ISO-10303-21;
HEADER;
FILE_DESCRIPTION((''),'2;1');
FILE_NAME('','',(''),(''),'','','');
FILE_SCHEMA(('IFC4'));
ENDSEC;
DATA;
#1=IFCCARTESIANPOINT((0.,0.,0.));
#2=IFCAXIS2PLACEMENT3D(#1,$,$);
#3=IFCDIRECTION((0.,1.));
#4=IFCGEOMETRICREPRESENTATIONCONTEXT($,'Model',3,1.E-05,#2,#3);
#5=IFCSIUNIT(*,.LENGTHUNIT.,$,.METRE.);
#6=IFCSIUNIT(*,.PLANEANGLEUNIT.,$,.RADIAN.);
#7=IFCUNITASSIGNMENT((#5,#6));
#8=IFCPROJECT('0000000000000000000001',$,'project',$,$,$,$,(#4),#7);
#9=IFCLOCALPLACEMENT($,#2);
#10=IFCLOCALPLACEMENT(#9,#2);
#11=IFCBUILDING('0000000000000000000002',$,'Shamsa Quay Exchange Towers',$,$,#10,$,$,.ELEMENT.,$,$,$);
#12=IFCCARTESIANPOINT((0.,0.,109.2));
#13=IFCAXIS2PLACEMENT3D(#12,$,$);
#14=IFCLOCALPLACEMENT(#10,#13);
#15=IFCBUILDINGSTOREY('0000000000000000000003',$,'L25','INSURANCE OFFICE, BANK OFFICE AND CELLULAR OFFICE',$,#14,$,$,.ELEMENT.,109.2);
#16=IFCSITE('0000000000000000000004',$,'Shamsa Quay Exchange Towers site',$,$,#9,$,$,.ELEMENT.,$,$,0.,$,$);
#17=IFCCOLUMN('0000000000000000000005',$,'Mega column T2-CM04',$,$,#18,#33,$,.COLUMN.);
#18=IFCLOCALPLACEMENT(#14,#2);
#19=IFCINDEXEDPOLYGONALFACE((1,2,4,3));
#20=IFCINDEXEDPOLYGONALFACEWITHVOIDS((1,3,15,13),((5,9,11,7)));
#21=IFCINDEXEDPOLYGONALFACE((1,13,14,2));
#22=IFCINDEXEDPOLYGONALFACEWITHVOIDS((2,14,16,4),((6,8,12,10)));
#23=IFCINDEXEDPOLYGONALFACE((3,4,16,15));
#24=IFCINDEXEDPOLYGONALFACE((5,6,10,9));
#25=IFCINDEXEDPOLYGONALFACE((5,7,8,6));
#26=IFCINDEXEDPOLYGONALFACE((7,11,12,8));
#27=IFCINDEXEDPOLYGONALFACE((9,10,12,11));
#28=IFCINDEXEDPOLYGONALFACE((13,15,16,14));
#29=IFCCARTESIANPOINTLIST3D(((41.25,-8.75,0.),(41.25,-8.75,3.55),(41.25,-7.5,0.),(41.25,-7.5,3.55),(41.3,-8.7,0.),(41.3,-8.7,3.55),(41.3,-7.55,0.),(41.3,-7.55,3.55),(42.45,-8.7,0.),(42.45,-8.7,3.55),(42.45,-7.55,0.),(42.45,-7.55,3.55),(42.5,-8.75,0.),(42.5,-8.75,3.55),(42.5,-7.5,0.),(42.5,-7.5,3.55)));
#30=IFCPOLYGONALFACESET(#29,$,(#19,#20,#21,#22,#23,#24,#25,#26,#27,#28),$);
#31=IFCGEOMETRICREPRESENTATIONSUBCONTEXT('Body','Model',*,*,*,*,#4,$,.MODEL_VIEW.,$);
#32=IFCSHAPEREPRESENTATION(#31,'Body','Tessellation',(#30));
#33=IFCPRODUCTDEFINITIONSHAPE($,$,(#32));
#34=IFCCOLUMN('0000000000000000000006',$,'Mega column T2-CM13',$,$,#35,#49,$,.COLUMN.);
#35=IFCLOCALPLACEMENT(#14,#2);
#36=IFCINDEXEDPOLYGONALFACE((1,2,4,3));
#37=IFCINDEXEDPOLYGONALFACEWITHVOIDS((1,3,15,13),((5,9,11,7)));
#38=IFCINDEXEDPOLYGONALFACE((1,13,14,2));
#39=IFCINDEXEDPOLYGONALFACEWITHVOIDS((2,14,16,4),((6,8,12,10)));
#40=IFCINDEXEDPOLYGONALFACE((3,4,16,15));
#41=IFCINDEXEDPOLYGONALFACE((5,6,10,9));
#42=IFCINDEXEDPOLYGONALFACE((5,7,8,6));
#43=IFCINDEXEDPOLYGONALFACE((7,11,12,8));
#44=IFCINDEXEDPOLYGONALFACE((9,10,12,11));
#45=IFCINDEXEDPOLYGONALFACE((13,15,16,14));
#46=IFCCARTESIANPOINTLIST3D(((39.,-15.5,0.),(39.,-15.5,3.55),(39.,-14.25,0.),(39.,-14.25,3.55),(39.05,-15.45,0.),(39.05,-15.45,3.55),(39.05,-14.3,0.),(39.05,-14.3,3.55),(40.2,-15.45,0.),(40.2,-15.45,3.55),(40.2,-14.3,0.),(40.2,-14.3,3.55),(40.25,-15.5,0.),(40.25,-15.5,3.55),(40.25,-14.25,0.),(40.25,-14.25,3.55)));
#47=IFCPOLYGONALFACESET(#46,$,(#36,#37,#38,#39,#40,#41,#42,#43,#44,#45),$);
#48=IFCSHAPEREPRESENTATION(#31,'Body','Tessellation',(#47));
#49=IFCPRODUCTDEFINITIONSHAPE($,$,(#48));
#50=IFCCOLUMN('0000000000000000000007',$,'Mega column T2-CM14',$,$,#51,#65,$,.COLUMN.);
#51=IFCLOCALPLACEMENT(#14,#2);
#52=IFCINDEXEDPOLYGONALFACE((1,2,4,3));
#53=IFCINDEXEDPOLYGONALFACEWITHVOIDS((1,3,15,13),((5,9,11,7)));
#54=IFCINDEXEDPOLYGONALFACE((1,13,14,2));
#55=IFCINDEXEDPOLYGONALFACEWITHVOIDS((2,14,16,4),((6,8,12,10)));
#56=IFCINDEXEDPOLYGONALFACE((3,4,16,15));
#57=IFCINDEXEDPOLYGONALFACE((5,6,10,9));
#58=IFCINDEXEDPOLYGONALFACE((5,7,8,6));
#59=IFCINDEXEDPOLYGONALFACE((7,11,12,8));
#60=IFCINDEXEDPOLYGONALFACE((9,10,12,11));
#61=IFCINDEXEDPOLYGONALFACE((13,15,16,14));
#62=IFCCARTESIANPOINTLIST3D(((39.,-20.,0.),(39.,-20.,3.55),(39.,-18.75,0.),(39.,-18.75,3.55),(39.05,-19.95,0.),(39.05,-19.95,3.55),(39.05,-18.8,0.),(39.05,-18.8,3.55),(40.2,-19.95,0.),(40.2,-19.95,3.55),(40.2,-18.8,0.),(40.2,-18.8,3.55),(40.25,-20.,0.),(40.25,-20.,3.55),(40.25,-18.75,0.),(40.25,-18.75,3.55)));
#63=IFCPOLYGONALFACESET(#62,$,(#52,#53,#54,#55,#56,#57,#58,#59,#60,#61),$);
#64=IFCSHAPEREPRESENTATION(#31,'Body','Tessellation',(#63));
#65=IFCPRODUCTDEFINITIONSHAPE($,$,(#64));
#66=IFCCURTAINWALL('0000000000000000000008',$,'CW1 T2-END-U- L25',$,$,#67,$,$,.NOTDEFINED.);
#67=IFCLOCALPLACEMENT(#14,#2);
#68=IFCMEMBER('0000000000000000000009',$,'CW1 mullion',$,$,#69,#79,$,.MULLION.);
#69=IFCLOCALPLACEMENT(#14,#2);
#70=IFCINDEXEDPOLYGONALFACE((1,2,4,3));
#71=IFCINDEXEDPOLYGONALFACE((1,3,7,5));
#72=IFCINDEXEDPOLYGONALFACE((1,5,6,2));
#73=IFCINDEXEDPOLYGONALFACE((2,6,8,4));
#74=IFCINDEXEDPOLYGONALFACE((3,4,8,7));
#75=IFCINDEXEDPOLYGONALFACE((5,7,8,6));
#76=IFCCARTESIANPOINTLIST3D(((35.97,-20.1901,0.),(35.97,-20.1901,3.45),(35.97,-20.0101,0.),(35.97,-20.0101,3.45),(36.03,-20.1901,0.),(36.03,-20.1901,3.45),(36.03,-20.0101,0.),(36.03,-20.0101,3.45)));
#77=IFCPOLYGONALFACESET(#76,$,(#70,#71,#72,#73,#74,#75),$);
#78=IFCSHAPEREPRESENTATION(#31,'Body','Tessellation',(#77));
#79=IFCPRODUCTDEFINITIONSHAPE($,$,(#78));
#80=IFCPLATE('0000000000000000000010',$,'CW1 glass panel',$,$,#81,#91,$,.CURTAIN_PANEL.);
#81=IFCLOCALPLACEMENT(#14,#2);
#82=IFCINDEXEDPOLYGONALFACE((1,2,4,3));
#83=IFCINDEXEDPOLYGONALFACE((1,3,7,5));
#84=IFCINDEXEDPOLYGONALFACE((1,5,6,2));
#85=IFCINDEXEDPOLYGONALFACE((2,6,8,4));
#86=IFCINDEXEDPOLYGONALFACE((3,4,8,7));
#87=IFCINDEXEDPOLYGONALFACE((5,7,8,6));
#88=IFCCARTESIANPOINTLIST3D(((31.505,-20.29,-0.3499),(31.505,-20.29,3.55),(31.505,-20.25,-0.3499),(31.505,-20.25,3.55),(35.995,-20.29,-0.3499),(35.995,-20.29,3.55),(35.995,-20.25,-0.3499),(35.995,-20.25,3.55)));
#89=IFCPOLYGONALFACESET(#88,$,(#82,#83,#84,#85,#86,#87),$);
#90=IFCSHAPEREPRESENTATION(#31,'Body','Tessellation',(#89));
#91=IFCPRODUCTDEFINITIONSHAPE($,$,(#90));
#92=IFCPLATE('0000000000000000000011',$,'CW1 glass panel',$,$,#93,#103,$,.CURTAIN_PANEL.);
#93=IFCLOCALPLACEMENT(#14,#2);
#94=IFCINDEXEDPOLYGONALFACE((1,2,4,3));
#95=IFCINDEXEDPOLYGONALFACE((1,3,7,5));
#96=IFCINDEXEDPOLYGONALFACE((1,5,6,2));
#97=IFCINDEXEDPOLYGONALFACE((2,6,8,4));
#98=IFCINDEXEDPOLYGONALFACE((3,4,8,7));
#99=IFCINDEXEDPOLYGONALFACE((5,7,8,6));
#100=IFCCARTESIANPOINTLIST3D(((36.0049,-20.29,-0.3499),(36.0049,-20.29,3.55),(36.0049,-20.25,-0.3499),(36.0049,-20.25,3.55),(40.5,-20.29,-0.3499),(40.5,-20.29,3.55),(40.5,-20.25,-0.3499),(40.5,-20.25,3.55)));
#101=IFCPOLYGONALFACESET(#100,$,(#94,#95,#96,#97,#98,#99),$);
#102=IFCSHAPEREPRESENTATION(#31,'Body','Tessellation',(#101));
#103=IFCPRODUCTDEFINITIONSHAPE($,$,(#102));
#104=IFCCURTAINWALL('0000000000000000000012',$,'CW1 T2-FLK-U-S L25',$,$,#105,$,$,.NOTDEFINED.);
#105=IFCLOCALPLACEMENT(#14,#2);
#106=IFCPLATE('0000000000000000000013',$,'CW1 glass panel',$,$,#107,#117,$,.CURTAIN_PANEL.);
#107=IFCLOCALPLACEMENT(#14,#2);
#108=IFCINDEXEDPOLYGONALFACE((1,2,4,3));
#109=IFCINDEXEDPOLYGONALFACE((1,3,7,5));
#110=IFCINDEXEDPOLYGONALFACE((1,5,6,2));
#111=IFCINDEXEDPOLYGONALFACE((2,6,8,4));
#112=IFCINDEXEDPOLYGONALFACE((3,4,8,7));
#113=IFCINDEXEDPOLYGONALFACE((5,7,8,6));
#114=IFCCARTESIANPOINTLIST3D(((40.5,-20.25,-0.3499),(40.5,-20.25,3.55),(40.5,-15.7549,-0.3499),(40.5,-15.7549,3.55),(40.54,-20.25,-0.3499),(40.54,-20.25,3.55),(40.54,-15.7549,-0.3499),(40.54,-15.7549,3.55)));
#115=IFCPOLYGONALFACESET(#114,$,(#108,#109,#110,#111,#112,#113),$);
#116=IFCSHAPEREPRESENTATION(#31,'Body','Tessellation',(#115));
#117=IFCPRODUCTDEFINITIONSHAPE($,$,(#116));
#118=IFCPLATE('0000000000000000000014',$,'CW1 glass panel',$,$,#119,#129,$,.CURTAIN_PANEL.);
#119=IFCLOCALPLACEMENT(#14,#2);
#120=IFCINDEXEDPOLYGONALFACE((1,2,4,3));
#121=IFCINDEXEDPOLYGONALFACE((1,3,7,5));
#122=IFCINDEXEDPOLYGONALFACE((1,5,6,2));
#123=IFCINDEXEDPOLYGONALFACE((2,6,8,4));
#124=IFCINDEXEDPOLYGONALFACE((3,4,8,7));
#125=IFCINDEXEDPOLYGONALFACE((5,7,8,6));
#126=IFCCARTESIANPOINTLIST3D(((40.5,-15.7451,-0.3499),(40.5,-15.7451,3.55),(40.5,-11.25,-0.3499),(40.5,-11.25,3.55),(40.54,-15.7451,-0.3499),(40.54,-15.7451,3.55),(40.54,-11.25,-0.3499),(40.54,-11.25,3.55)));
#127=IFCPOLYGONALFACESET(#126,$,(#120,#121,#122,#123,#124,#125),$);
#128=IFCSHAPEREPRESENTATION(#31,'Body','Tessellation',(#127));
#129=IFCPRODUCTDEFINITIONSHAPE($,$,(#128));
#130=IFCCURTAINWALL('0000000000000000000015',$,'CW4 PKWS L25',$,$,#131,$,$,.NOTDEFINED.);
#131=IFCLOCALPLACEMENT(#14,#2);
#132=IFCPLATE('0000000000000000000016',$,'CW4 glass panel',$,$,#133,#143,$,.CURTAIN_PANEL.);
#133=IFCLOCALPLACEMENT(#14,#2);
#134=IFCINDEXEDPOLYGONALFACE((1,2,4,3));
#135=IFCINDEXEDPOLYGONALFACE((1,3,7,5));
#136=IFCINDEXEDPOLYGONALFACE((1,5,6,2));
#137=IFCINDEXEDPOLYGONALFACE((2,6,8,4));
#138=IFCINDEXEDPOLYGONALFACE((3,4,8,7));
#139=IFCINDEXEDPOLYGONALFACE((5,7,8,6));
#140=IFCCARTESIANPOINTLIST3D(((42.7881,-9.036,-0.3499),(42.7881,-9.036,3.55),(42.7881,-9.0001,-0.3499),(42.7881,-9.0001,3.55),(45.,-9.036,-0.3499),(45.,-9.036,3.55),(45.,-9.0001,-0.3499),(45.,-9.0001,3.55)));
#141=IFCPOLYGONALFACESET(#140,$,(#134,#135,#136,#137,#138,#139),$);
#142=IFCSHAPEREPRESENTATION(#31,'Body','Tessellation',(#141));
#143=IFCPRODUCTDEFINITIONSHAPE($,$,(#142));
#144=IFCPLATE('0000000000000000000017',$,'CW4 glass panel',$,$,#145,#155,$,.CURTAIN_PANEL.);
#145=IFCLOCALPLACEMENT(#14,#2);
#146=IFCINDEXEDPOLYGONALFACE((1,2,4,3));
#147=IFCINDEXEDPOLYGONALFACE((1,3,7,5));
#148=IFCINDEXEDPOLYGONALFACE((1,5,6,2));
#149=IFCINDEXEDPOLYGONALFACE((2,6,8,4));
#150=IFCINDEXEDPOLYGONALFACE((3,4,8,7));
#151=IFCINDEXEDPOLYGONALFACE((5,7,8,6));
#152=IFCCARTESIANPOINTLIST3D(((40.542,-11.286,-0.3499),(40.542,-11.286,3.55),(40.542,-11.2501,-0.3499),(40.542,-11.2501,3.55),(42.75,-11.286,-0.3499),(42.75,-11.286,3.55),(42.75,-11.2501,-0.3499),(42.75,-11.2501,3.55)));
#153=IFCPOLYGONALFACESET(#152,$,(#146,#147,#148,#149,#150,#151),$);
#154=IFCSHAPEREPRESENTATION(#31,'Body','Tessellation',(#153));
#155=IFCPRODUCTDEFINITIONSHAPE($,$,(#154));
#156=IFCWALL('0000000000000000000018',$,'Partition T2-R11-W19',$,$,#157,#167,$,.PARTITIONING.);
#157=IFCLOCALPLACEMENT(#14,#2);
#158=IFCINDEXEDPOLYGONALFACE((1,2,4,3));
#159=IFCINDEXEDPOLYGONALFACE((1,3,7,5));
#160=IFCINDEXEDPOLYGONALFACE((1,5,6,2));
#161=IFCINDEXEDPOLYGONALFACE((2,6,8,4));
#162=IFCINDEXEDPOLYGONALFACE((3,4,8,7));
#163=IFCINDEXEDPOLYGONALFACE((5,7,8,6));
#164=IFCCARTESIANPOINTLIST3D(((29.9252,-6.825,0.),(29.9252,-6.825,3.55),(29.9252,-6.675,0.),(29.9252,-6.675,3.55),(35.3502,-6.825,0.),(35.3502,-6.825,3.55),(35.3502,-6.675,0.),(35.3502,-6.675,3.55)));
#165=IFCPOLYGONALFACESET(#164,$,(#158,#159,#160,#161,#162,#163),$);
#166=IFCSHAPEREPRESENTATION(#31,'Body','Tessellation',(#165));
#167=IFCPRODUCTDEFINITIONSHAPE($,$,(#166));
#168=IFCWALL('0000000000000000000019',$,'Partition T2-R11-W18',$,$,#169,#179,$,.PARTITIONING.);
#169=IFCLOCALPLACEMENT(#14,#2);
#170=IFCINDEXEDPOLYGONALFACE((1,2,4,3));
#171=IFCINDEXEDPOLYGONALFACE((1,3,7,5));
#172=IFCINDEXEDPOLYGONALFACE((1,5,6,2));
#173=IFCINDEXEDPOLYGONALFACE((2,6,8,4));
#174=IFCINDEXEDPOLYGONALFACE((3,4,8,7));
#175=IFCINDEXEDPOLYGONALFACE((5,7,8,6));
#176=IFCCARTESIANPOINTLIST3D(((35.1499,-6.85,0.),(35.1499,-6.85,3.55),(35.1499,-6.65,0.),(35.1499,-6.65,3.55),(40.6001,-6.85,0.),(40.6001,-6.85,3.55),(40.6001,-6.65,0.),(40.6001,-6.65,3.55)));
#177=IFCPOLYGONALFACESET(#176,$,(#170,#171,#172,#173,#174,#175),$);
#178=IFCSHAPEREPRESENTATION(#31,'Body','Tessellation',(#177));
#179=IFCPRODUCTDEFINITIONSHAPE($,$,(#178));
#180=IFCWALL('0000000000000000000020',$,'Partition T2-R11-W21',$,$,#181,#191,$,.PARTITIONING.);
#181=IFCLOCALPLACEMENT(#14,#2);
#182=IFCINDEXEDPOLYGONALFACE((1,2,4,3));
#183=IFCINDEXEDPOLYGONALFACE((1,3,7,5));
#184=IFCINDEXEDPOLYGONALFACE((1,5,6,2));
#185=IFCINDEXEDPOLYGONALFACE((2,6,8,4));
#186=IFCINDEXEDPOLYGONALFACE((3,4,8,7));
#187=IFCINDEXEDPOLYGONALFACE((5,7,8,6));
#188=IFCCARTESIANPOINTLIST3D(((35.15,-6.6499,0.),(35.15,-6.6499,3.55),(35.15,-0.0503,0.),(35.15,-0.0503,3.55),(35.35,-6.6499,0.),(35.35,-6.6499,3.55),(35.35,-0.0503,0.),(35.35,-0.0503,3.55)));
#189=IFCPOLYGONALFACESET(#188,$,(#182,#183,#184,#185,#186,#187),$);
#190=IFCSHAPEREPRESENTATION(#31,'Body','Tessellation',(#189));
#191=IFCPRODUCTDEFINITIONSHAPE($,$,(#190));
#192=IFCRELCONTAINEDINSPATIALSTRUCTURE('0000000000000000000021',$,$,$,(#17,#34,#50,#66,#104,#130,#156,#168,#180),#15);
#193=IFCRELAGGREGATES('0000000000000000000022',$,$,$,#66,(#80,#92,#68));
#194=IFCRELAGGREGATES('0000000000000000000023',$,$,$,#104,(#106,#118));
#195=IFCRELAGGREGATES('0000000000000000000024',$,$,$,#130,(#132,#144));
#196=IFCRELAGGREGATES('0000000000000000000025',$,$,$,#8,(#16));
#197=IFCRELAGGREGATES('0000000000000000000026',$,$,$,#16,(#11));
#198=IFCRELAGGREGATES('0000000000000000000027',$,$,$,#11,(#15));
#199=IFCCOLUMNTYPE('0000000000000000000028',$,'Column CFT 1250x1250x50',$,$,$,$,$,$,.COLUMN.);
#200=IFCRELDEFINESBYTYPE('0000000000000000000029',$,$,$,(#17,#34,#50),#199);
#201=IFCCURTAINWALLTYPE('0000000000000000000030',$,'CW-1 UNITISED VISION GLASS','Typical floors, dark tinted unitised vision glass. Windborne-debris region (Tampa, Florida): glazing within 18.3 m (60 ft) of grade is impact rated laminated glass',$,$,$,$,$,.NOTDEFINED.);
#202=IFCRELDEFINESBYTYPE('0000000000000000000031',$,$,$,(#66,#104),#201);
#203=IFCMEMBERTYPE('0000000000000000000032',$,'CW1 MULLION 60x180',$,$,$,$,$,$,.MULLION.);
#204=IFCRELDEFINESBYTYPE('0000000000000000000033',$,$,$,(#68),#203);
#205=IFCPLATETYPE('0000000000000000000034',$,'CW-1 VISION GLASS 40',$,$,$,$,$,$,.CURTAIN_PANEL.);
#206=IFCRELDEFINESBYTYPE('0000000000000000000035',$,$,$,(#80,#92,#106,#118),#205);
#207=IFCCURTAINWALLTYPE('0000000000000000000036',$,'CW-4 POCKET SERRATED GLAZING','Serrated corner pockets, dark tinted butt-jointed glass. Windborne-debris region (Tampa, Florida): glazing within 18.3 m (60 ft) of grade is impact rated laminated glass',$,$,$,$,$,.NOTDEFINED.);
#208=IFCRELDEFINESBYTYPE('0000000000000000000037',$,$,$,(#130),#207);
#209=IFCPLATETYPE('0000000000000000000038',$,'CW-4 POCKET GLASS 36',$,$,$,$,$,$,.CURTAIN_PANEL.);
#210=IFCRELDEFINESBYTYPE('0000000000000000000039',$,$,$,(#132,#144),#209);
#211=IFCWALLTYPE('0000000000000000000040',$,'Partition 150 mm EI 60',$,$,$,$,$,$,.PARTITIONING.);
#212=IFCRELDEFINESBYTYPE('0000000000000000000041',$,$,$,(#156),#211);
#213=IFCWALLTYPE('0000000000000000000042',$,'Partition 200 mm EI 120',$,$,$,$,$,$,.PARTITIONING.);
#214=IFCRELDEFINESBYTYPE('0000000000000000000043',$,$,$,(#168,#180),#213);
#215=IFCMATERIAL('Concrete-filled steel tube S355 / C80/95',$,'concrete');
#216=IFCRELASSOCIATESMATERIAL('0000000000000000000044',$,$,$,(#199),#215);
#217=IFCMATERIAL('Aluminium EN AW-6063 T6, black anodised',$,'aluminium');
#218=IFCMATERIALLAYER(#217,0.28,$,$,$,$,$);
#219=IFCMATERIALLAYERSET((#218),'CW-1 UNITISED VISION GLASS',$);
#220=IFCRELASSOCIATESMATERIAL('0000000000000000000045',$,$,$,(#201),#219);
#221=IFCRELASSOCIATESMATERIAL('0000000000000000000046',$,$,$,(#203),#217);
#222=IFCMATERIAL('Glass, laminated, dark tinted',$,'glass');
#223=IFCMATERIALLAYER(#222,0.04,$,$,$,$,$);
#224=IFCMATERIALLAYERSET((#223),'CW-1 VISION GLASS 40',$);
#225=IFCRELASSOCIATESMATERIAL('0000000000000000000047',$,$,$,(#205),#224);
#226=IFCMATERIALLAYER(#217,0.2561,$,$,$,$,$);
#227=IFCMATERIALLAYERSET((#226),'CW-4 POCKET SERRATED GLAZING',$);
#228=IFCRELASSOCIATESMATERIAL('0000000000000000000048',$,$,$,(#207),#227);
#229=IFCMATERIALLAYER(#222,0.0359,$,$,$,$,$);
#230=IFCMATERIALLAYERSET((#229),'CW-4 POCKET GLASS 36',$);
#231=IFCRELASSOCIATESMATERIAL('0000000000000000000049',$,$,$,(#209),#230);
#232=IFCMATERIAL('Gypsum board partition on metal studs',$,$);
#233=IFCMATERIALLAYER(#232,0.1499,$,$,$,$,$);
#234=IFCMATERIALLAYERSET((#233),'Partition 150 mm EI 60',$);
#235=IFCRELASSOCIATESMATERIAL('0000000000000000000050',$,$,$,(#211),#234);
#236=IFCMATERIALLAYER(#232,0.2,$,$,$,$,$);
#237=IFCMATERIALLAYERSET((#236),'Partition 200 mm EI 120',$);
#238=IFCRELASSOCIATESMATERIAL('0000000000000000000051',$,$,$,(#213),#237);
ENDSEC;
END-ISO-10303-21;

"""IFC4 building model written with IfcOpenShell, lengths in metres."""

from ifc_helpers import new_model, si_unit, direction, frame, frame_2d, origin, origin_2d, place, context, subcontext, project, spatial, rectangle, hollow_rectangle, extrude, material, layer, layer_set, material_profile, profile_set, type_object, element, aggregate, save


model = new_model("IFC4")

# Units and contexts
model_context = context("Model", 3, precision=1e-05, world=origin(), true_north=direction((0.0, 1.0)))
body_context = subcontext(model_context, "Body", "Model", "MODEL_VIEW")
ifc_project = project(units=[si_unit("LENGTHUNIT", "METRE"), si_unit("PLANEANGLEUNIT", "RADIAN")], contexts=[model_context])

# Site, building, storey
site_placement = place(None, origin())
site = spatial("IfcSite", under=ifc_project, at=site_placement, Name="Shamsa Quay Exchange Towers site", CompositionType="ELEMENT", RefElevation=0.0)
building_placement = place(site_placement, origin())
building = spatial("IfcBuilding", under=site, at=building_placement, Name="Shamsa Quay Exchange Towers", CompositionType="ELEMENT")
storey_placement = place(building_placement, frame((0.0, 0.0, 109.2)))
storey = spatial("IfcBuildingStorey", under=building, at=storey_placement, Name="L25", Description="INSURANCE OFFICE, BANK OFFICE AND CELLULAR OFFICE", CompositionType="ELEMENT", Elevation=109.2)

# Columns
ifc_material_1 = material(Name="Concrete-filled steel tube S355 / C80/95", Category="concrete")
ifc_material_profile_1 = material_profile(ifc_material_1, hollow_rectangle(XDim=1.25, YDim=1.25, WallThickness=0.05, at=origin_2d()), Name="CFT 1250x1250x50")
ifc_profile_set_1 = profile_set([ifc_material_profile_1], Name="Concrete-filled steel tube S355 / C80/95")
column_type = type_object("IfcColumnType", Name="Column CFT 1250x1250x50", PredefinedType="COLUMN", material=ifc_profile_set_1)
for number, where, name in (
    (1, (41.875, -8.125, 0.0), "Mega column T2-CM04"),
    (2, (39.625, -14.875, 0.0), "Mega column T2-CM13"),
    (3, (39.625, -19.375, 0.0), "Mega column T2-CM14"),
):
    element("IfcColumn", number, at=place(storey_placement, frame(where)), inside=storey, type_object=column_type, Name=name, PredefinedType="COLUMN", context=body_context, shape_type="SweptSolid", body=[
        extrude(hollow_rectangle(XDim=1.25, YDim=1.25, WallThickness=0.05, at=origin_2d()), origin(), (0.0, 0.0, 1.0), 3.55),
    ])

# Curtain wall, member, plates
ifc_material_2 = material(Name="Aluminium EN AW-6063 T6, black anodised", Category="aluminium")
ifc_layer_1 = layer(ifc_material_2, 0.28)
ifc_layer_set_1 = layer_set([ifc_layer_1], Name="CW-1 UNITISED VISION GLASS")
curtain_wall_type_1 = type_object("IfcCurtainWallType", Name="CW-1 UNITISED VISION GLASS", Description="Typical floors, dark tinted unitised vision glass. Windborne-debris region (Tampa, Florida): glazing within 18.3 m (60 ft) of grade is impact rated laminated glass", PredefinedType="NOTDEFINED", material=ifc_layer_set_1)
curtain_wall_1_placement = place(storey_placement, origin())
curtain_wall_1 = element("IfcCurtainWall", 4, at=curtain_wall_1_placement, inside=storey, type_object=curtain_wall_type_1, Name="CW1 T2-END-U- L25", PredefinedType="NOTDEFINED")
ifc_material_profile_2 = material_profile(ifc_material_2, rectangle(XDim=0.1799, YDim=0.0601, at=origin_2d()), Name="MU60x180")
ifc_profile_set_2 = profile_set([ifc_material_profile_2], Name="Aluminium EN AW-6063 T6, black anodised")
member_type = type_object("IfcMemberType", Name="CW1 MULLION 60x180", PredefinedType="MULLION", material=ifc_profile_set_2)
member_placement = place(storey_placement, frame((36.0, -20.1001, 0.0), z_axis=(0.0, 0.0, 1.0), x_axis=(0.0, 1.0, 0.0)))
member = element("IfcMember", 5, at=member_placement, type_object=member_type, Name="CW1 mullion", PredefinedType="MULLION", context=body_context, shape_type="SweptSolid", body=[
    extrude(rectangle(XDim=0.1799, YDim=0.0601, at=origin_2d()), origin(), (0.0, 0.0, 1.0), 3.45),
])
ifc_material_3 = material(Name="Glass, laminated, dark tinted", Category="glass")
ifc_layer_2 = layer(ifc_material_3, 0.04)
ifc_layer_set_2 = layer_set([ifc_layer_2], Name="CW-1 VISION GLASS 40")
plate_type_1 = type_object("IfcPlateType", Name="CW-1 VISION GLASS 40", PredefinedType="CURTAIN_PANEL", material=ifc_layer_set_2)
plate_1_placement = place(storey_placement, frame((33.75, -20.27, -0.3499)))
plate_1 = element("IfcPlate", 6, at=plate_1_placement, type_object=plate_type_1, Name="CW1 glass panel", PredefinedType="CURTAIN_PANEL", context=body_context, shape_type="SweptSolid", body=[
    extrude(rectangle(XDim=4.49, YDim=0.04, at=origin_2d()), origin(), (0.0, 0.0, 1.0), 3.8999),
])
plate_2_placement = place(storey_placement, frame((38.2524, -20.27, -0.3499)))
plate_2 = element("IfcPlate", 7, at=plate_2_placement, type_object=plate_type_1, Name="CW1 glass panel", PredefinedType="CURTAIN_PANEL", context=body_context, shape_type="SweptSolid", body=[
    extrude(rectangle(XDim=4.4951, YDim=0.04, at=origin_2d()), origin(), (0.0, 0.0, 1.0), 3.8999),
])
aggregate(curtain_wall_1, [plate_1, plate_2, member])

# Curtain walls, plates
curtain_wall_2_placement = place(storey_placement, origin())
curtain_wall_2 = element("IfcCurtainWall", 8, at=curtain_wall_2_placement, inside=storey, type_object=curtain_wall_type_1, Name="CW1 T2-FLK-U-S L25", PredefinedType="NOTDEFINED")
plate_3_placement = place(storey_placement, frame((40.52, -18.0024, -0.3499), z_axis=(0.0, 0.0, 1.0), x_axis=(0.0, 1.0, 0.0)))
plate_3 = element("IfcPlate", 9, at=plate_3_placement, type_object=plate_type_1, Name="CW1 glass panel", PredefinedType="CURTAIN_PANEL", context=body_context, shape_type="SweptSolid", body=[
    extrude(rectangle(XDim=4.4951, YDim=0.04, at=origin_2d()), origin(), (0.0, 0.0, 1.0), 3.8999),
])
plate_4_placement = place(storey_placement, frame((40.52, -13.4976, -0.3499), z_axis=(0.0, 0.0, 1.0), x_axis=(0.0, 1.0, 0.0)))
plate_4 = element("IfcPlate", 10, at=plate_4_placement, type_object=plate_type_1, Name="CW1 glass panel", PredefinedType="CURTAIN_PANEL", context=body_context, shape_type="SweptSolid", body=[
    extrude(rectangle(XDim=4.4951, YDim=0.04, at=origin_2d()), origin(), (0.0, 0.0, 1.0), 3.8999),
])
aggregate(curtain_wall_2, [plate_3, plate_4])
ifc_layer_3 = layer(ifc_material_2, 0.2561)
ifc_layer_set_3 = layer_set([ifc_layer_3], Name="CW-4 POCKET SERRATED GLAZING")
curtain_wall_type_2 = type_object("IfcCurtainWallType", Name="CW-4 POCKET SERRATED GLAZING", Description="Serrated corner pockets, dark tinted butt-jointed glass. Windborne-debris region (Tampa, Florida): glazing within 18.3 m (60 ft) of grade is impact rated laminated glass", PredefinedType="NOTDEFINED", material=ifc_layer_set_3)
curtain_wall_3_placement = place(storey_placement, origin())
curtain_wall_3 = element("IfcCurtainWall", 11, at=curtain_wall_3_placement, inside=storey, type_object=curtain_wall_type_2, Name="CW4 PKWS L25", PredefinedType="NOTDEFINED")
ifc_layer_4 = layer(ifc_material_3, 0.0359)
ifc_layer_set_4 = layer_set([ifc_layer_4], Name="CW-4 POCKET GLASS 36")
plate_type_2 = type_object("IfcPlateType", Name="CW-4 POCKET GLASS 36", PredefinedType="CURTAIN_PANEL", material=ifc_layer_set_4)
plate_5_placement = place(storey_placement, frame((43.894, -9.0181, -0.3499)))
plate_5 = element("IfcPlate", 12, at=plate_5_placement, type_object=plate_type_2, Name="CW4 glass panel", PredefinedType="CURTAIN_PANEL", context=body_context, shape_type="SweptSolid", body=[
    extrude(rectangle(XDim=2.2119, YDim=0.0359, at=origin_2d()), origin(), (0.0, 0.0, 1.0), 3.8999),
])
plate_6_placement = place(storey_placement, frame((41.646, -11.2681, -0.3499)))
plate_6 = element("IfcPlate", 13, at=plate_6_placement, type_object=plate_type_2, Name="CW4 glass panel", PredefinedType="CURTAIN_PANEL", context=body_context, shape_type="SweptSolid", body=[
    extrude(rectangle(XDim=2.208, YDim=0.0359, at=origin_2d()), origin(), (0.0, 0.0, 1.0), 3.8999),
])
aggregate(curtain_wall_3, [plate_5, plate_6])

# Walls
ifc_material_4 = material(Name="Gypsum board partition on metal studs")
ifc_layer_5 = layer(ifc_material_4, 0.1499)
ifc_layer_set_5 = layer_set([ifc_layer_5], Name="Partition 150 mm EI 60")
wall_type_1 = type_object("IfcWallType", Name="Partition 150 mm EI 60", PredefinedType="PARTITIONING", material=ifc_layer_set_5)
wall_1_placement = place(storey_placement, frame((35.3501, -6.75, 0.0), z_axis=(0.0, 0.0, 1.0), x_axis=(-1.0, 0.0, 0.0)))
element("IfcWall", 14, at=wall_1_placement, inside=storey, type_object=wall_type_1, Name="Partition T2-R11-W19", PredefinedType="PARTITIONING", context=body_context, shape_type="SweptSolid", body=[
    extrude(rectangle(XDim=5.425, YDim=0.1499, at=frame_2d((2.7124, 0.0))), origin(), (0.0, 0.0, 1.0), 3.55),
])
ifc_layer_6 = layer(ifc_material_4, 0.2)
ifc_layer_set_6 = layer_set([ifc_layer_6], Name="Partition 200 mm EI 120")
wall_type_2 = type_object("IfcWallType", Name="Partition 200 mm EI 120", PredefinedType="PARTITIONING", material=ifc_layer_set_6)
wall_2_placement = place(storey_placement, frame((40.6001, -6.75, 0.0), z_axis=(0.0, 0.0, 1.0), x_axis=(-1.0, 0.0, 0.0)))
element("IfcWall", 15, at=wall_2_placement, inside=storey, type_object=wall_type_2, Name="Partition T2-R11-W18", PredefinedType="PARTITIONING", context=body_context, shape_type="SweptSolid", body=[
    extrude(rectangle(XDim=5.4502, YDim=0.2, at=frame_2d((2.7251, 0.0))), origin(), (0.0, 0.0, 1.0), 3.55),
])
wall_3_placement = place(storey_placement, frame((35.25, -0.0503, 0.0), z_axis=(0.0, 0.0, 1.0), x_axis=(0.0, -1.0, 0.0)))
element("IfcWall", 16, at=wall_3_placement, inside=storey, type_object=wall_type_2, Name="Partition T2-R11-W21", PredefinedType="PARTITIONING", context=body_context, shape_type="SweptSolid", body=[
    extrude(rectangle(XDim=6.5996, YDim=0.2, at=frame_2d((3.2998, 0.0))), origin(), (0.0, 0.0, 1.0), 3.55),
])

save(model, "model.ifc")
